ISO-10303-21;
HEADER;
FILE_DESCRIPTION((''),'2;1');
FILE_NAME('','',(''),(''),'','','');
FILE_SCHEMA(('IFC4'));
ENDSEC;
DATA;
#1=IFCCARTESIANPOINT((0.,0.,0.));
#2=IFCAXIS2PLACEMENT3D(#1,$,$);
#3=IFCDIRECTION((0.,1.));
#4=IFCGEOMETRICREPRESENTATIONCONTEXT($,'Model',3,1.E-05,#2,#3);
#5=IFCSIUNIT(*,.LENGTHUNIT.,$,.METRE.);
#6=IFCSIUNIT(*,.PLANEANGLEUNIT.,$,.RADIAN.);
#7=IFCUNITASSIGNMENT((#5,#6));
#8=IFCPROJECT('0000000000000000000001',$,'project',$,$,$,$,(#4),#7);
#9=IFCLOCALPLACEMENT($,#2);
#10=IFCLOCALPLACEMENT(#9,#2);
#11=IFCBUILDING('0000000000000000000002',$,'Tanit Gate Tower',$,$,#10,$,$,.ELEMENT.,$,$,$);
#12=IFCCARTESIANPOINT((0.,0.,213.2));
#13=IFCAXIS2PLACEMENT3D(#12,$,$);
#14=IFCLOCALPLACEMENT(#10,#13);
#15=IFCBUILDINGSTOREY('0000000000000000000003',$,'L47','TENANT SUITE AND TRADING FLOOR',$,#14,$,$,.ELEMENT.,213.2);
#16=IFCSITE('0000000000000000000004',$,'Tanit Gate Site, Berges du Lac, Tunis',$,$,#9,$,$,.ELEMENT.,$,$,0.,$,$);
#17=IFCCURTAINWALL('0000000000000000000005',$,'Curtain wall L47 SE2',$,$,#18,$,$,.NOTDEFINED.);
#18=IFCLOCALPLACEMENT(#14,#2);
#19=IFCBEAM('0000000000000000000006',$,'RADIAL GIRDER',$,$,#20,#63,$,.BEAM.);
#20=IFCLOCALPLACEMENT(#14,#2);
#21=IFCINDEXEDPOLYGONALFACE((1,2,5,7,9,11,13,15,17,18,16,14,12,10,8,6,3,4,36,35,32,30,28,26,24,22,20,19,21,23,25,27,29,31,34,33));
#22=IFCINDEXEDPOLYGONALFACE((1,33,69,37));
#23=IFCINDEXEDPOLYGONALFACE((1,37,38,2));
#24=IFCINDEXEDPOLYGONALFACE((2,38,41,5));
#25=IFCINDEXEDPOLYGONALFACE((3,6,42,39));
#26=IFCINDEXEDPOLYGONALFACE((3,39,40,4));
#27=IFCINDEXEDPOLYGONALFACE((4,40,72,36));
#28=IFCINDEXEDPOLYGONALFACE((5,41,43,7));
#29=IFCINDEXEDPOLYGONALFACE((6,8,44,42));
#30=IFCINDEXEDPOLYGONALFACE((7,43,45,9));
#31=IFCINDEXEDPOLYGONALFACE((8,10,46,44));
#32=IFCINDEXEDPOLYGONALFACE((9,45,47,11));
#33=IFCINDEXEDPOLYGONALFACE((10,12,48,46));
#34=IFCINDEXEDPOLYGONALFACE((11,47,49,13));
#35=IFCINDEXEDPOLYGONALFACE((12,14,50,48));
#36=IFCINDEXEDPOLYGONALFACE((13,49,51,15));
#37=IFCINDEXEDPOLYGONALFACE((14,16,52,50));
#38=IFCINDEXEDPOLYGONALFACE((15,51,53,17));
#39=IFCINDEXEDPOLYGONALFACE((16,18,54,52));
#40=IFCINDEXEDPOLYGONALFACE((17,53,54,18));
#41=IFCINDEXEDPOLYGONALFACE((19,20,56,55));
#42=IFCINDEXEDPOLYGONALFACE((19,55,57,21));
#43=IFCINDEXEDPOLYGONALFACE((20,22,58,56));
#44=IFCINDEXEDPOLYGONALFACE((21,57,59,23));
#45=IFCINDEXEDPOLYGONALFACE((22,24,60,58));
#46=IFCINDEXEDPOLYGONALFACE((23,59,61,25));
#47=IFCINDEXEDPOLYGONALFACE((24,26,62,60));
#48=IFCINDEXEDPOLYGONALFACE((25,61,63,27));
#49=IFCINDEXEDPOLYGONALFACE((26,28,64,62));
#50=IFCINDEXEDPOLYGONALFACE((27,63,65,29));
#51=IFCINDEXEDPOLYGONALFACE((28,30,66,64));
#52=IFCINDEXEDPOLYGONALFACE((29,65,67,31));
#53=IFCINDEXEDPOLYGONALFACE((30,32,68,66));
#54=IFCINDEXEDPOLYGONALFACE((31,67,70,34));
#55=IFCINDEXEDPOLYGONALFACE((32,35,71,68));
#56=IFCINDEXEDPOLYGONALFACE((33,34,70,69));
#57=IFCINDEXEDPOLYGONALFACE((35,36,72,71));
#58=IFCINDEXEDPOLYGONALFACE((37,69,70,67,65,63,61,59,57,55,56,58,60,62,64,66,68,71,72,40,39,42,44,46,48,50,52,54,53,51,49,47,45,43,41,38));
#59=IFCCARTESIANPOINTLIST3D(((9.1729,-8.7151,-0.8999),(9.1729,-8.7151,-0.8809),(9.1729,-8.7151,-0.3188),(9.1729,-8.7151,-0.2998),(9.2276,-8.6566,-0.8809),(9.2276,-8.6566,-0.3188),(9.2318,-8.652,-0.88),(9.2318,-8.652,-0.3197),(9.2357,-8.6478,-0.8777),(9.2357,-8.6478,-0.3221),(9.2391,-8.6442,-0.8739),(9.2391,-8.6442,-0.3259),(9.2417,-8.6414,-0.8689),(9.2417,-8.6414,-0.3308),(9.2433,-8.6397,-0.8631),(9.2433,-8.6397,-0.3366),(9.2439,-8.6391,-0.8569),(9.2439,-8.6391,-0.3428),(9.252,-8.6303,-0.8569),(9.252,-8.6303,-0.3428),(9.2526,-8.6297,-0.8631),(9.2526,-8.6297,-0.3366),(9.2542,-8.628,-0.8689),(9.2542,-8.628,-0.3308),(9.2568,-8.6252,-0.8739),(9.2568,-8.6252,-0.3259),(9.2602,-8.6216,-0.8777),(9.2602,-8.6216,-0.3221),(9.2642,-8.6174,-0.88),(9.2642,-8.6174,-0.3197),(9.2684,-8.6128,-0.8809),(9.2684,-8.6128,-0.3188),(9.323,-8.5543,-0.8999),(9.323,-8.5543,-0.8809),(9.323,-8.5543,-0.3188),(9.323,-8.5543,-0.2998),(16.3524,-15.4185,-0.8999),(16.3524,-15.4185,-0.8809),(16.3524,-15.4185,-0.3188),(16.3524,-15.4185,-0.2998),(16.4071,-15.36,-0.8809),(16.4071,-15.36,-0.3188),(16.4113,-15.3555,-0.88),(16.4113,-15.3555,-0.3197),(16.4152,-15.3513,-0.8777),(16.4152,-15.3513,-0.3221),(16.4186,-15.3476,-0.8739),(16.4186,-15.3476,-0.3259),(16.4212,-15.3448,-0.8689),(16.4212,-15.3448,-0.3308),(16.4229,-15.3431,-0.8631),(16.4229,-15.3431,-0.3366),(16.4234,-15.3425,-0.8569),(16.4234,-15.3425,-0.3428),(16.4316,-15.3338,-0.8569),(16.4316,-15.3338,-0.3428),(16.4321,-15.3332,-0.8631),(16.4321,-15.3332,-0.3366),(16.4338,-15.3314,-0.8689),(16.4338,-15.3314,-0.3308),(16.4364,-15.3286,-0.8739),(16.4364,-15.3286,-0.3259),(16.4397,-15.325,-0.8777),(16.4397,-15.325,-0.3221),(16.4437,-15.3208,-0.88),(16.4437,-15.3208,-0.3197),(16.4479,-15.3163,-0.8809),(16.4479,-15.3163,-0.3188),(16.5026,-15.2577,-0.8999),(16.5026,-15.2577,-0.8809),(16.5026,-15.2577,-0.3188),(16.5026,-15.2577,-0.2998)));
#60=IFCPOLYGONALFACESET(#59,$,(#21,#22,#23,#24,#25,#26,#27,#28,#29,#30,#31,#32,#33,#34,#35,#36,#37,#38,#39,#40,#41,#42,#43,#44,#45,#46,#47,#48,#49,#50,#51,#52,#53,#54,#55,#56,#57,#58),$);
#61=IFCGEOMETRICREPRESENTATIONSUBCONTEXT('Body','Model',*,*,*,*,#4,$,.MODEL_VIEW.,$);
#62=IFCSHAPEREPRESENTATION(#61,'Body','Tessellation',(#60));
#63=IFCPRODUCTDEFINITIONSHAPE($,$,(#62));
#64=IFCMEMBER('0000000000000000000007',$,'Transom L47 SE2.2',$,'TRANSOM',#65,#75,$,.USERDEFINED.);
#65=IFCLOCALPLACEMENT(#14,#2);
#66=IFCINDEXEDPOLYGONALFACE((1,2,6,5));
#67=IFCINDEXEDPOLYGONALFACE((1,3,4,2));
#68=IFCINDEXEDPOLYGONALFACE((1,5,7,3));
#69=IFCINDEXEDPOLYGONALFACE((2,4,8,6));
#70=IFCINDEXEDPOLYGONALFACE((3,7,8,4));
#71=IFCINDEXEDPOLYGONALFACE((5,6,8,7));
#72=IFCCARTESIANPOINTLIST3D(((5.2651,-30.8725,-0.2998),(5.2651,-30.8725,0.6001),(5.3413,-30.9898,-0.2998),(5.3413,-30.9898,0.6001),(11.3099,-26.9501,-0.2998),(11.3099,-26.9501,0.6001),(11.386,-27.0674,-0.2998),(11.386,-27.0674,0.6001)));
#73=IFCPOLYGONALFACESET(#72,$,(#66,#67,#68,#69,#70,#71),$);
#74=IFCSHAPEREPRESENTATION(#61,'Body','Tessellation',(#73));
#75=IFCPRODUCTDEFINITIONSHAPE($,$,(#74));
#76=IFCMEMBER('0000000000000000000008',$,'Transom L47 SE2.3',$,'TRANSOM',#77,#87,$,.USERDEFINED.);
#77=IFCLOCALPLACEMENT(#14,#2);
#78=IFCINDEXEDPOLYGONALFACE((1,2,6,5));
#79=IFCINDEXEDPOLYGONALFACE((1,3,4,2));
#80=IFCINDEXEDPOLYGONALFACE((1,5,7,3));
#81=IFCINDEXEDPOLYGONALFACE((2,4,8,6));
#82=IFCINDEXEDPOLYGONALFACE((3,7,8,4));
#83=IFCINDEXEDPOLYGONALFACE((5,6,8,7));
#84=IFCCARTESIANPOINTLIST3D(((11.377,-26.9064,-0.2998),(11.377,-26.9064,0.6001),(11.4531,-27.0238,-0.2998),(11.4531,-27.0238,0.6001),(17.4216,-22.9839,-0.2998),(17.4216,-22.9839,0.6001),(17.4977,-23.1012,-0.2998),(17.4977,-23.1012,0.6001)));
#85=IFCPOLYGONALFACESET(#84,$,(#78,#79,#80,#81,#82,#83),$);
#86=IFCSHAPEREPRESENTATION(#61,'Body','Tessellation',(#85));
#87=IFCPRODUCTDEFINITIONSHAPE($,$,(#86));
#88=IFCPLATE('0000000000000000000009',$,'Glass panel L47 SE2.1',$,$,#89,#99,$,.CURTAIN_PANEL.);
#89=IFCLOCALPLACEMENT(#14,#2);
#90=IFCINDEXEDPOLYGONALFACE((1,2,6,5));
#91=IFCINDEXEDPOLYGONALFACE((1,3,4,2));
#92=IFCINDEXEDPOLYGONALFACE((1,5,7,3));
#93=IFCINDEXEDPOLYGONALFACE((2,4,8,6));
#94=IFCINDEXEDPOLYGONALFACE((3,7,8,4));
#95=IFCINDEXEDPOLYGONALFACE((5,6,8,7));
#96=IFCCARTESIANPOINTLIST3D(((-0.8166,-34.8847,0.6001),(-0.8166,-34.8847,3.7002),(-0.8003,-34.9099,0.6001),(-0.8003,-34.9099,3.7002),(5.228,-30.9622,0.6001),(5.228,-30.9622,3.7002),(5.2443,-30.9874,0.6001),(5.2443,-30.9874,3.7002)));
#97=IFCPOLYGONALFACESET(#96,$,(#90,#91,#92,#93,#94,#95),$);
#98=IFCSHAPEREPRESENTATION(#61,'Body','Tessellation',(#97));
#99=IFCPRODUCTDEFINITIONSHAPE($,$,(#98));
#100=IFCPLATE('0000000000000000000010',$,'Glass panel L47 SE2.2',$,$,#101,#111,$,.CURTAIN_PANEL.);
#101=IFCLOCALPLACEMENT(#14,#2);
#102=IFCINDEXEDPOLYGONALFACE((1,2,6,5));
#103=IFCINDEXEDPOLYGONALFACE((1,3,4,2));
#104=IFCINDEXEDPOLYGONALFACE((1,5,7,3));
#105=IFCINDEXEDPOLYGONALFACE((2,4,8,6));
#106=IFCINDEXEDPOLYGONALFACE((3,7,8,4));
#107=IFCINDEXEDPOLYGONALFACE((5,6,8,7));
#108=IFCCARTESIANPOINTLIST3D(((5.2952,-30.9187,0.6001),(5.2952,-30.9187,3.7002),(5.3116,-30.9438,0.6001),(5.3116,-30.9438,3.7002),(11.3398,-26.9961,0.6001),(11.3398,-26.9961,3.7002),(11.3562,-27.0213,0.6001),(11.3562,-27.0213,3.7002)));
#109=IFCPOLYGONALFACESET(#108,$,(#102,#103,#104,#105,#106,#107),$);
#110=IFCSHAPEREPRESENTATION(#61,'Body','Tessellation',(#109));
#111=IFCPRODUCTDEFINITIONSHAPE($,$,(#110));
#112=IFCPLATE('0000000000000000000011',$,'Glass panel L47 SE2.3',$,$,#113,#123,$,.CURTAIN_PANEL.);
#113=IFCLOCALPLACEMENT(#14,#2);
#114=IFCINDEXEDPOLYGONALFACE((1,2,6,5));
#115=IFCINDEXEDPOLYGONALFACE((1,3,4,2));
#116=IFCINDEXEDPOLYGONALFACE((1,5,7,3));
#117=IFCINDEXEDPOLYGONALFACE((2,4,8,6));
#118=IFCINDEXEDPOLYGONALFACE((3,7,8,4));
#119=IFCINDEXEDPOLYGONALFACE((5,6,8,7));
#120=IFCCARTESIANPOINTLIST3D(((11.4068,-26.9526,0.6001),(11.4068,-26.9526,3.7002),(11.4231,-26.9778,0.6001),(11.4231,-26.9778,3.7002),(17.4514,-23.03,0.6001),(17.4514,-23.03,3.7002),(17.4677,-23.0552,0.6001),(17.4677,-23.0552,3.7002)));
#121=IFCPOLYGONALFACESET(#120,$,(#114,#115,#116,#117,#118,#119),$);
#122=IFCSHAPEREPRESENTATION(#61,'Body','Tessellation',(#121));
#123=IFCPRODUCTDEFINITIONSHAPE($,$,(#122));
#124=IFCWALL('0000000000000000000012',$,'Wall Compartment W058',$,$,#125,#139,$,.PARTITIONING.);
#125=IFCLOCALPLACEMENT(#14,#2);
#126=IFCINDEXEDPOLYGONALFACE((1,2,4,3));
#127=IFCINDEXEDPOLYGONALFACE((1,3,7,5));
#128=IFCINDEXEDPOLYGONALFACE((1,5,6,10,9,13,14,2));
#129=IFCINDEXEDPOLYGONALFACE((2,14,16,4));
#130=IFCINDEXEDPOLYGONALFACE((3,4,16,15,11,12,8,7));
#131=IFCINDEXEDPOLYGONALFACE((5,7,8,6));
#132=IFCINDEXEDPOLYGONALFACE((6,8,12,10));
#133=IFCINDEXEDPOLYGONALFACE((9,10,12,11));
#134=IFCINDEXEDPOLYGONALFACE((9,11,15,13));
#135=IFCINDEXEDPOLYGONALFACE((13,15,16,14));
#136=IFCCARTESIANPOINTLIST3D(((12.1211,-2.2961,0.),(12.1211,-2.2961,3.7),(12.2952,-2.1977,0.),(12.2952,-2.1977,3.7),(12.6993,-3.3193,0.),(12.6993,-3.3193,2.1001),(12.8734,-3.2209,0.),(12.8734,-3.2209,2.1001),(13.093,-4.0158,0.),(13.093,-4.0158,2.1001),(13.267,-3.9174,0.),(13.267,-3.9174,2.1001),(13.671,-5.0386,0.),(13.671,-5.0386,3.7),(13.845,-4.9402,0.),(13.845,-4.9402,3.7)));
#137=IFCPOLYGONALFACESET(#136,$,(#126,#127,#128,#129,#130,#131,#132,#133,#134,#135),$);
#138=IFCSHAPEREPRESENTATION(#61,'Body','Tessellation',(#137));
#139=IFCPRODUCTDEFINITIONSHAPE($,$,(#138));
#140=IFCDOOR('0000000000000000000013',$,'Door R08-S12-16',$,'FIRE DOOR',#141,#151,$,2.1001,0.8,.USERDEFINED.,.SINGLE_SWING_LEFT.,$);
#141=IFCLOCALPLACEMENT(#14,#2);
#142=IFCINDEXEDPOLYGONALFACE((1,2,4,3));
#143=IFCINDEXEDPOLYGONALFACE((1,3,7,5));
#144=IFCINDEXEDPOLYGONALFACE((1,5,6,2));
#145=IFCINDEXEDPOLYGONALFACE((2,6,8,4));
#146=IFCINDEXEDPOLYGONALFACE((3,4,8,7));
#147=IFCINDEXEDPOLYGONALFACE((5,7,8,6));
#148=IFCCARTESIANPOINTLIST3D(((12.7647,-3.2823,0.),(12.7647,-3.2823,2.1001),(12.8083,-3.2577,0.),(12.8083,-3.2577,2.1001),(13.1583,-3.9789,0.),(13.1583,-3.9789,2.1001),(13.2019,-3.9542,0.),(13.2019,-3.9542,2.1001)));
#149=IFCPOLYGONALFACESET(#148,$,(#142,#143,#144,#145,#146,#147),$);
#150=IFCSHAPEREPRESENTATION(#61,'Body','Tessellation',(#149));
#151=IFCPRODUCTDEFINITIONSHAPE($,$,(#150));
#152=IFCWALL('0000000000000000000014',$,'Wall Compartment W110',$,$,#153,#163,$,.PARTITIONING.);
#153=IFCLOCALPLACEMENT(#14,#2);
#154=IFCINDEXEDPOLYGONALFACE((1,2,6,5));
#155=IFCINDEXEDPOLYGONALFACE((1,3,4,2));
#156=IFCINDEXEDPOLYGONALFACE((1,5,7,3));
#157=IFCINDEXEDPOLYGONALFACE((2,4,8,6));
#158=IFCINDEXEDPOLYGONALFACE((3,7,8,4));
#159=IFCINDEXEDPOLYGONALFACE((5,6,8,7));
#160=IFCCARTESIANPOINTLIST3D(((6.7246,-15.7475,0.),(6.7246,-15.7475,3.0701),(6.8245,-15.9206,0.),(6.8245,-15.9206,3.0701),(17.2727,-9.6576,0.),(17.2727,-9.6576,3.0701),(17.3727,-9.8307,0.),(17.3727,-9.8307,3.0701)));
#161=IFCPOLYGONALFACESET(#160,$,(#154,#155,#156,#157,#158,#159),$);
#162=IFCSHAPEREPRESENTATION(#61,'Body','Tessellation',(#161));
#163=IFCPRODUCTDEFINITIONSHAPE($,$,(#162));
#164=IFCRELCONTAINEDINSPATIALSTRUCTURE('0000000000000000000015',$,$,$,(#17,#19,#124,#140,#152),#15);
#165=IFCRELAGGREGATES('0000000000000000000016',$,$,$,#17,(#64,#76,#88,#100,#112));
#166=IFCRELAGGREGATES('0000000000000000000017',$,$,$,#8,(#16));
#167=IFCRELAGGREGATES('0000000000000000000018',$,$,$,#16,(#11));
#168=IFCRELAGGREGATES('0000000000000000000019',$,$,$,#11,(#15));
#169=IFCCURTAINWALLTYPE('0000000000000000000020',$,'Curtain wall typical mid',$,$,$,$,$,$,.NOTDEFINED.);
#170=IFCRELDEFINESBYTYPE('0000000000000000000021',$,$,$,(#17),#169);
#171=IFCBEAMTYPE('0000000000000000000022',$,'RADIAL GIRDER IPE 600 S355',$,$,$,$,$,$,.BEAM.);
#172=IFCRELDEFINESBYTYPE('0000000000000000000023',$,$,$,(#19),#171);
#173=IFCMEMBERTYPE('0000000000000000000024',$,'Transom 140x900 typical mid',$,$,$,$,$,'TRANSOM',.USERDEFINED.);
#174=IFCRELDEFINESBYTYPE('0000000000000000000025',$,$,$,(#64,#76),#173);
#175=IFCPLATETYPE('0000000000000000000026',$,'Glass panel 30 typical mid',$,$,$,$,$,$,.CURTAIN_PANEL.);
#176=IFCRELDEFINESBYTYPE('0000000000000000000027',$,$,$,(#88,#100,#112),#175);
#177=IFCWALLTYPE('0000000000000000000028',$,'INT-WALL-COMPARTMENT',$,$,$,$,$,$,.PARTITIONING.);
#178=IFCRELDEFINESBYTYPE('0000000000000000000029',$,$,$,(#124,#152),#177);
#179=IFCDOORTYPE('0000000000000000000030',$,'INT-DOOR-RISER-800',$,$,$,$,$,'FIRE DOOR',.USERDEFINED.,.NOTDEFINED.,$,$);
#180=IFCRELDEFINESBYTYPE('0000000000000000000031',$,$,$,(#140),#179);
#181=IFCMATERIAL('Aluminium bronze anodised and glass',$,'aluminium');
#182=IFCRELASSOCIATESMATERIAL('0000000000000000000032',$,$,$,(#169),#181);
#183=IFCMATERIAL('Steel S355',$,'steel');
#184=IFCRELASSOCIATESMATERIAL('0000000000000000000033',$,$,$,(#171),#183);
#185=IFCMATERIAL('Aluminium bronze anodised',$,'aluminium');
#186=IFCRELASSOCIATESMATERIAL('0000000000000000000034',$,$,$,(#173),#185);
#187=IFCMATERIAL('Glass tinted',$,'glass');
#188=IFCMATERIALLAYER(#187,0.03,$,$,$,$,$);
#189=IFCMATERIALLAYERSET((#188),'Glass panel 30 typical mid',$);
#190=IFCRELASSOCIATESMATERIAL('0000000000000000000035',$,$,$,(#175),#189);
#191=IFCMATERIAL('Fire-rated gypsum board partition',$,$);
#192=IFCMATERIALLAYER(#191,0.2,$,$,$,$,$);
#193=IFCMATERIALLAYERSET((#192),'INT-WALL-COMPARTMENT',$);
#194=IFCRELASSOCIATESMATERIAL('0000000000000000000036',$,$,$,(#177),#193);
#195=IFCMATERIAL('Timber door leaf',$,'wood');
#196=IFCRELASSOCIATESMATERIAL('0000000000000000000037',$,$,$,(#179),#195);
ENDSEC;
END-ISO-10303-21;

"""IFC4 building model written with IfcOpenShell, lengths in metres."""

from ifc_helpers import new_model, si_unit, direction, frame, frame_2d, origin, origin_2d, place, context, subcontext, project, spatial, rectangle, i_section, extrude, material, layer, layer_set, material_profile, profile_set, type_object, element, fill, aggregate, save


model = new_model("IFC4")

# Units and contexts
model_context = context("Model", 3, precision=1e-05, world=origin(), true_north=direction((0.0, 1.0)))
body_context = subcontext(model_context, "Body", "Model", "MODEL_VIEW")
ifc_project = project(units=[si_unit("LENGTHUNIT", "METRE"), si_unit("PLANEANGLEUNIT", "RADIAN")], contexts=[model_context])

# Site, building, storey
site_placement = place(None, origin())
site = spatial("IfcSite", under=ifc_project, at=site_placement, Name="Tanit Gate Site, Berges du Lac, Tunis", CompositionType="ELEMENT", RefElevation=0.0)
building_placement = place(site_placement, origin())
building = spatial("IfcBuilding", under=site, at=building_placement, Name="Tanit Gate Tower", CompositionType="ELEMENT")
storey_placement = place(building_placement, frame((0.0, 0.0, 213.2)))
storey = spatial("IfcBuildingStorey", under=building, at=storey_placement, Name="L47", Description="TENANT SUITE AND TRADING FLOOR", CompositionType="ELEMENT", Elevation=213.2)

# Curtain wall
ifc_material_1 = material(Name="Aluminium bronze anodised and glass", Category="aluminium")
curtain_wall_type = type_object("IfcCurtainWallType", Name="Curtain wall typical mid", PredefinedType="NOTDEFINED", material=ifc_material_1)
curtain_wall_placement = place(storey_placement, origin())
curtain_wall = element("IfcCurtainWall", 1, at=curtain_wall_placement, inside=storey, type_object=curtain_wall_type, Name="Curtain wall L47 SE2", PredefinedType="NOTDEFINED")

# Beam
ifc_material_2 = material(Name="Steel S355", Category="steel")
ifc_material_profile_1 = material_profile(ifc_material_2, i_section(OverallWidth=0.22, OverallDepth=0.6001, WebThickness=0.012, FlangeThickness=0.019, FilletRadius=0.0239, at=origin_2d()), Name="IPE 600")
ifc_profile_set_1 = profile_set([ifc_material_profile_1], Name="Steel S355")
beam_type = type_object("IfcBeamType", Name="RADIAL GIRDER IPE 600 S355", PredefinedType="BEAM", material=ifc_profile_set_1)
beam_1_placement = place(storey_placement, frame((16.4275, -15.3381, -0.5999), z_axis=(-0.730925, 0.682457, 0.0), x_axis=(-0.682457, -0.730925, 0.0)))
element("IfcBeam", 2, at=beam_1_placement, inside=storey, type_object=beam_type, Name="RADIAL GIRDER", PredefinedType="BEAM", context=body_context, shape_type="SweptSolid", body=[
    extrude(i_section(OverallWidth=0.22, OverallDepth=0.6001, WebThickness=0.012, FlangeThickness=0.019, FilletRadius=0.0239, at=origin_2d()), origin(), (0.0, 0.0, 1.0), 9.8225),
])

# Members
ifc_material_3 = material(Name="Aluminium bronze anodised", Category="aluminium")
ifc_material_profile_2 = material_profile(ifc_material_3, rectangle(XDim=0.1399, YDim=0.8999, at=origin_2d()), Name="140x900 bronze transom")
ifc_profile_set_2 = profile_set([ifc_material_profile_2], Name="Aluminium bronze anodised")
member_type_1 = type_object("IfcMemberType", Name="Transom 140x900 typical mid", ElementType="TRANSOM", PredefinedType="USERDEFINED", material=ifc_profile_set_2)
member_1_placement = place(storey_placement, frame((5.3032, -30.9312, 0.1501), z_axis=(0.838867, 0.544337, 0.0), x_axis=(-0.544337, 0.838867, 0.0)))
member_1 = element("IfcMember", 3, at=member_1_placement, type_object=member_type_1, Name="Transom L47 SE2.2", ObjectType="TRANSOM", PredefinedType="USERDEFINED", context=body_context, shape_type="SweptSolid", body=[
    extrude(rectangle(XDim=0.1399, YDim=0.8999, at=origin_2d()), origin(), (0.0, 0.0, 1.0), 7.2058),
])
member_2_placement = place(storey_placement, frame((11.415, -26.9651, 0.1501), z_axis=(0.838851, 0.544361, 0.0), x_axis=(-0.544361, 0.838851, 0.0)))
member_2 = element("IfcMember", 4, at=member_2_placement, type_object=member_type_1, Name="Transom L47 SE2.3", ObjectType="TRANSOM", PredefinedType="USERDEFINED", context=body_context, shape_type="SweptSolid", body=[
    extrude(rectangle(XDim=0.1399, YDim=0.8999, at=origin_2d()), origin(), (0.0, 0.0, 1.0), 7.2058),
])

# Plates
ifc_material_4 = material(Name="Glass tinted", Category="glass")
ifc_layer_1 = layer(ifc_material_4, 0.03)
ifc_layer_set_1 = layer_set([ifc_layer_1], Name="Glass panel 30 typical mid")
plate_type = type_object("IfcPlateType", Name="Glass panel 30 typical mid", PredefinedType="CURTAIN_PANEL", material=ifc_layer_set_1)
plate_1_placement = place(storey_placement, frame((2.2139, -32.936, 0.6001), z_axis=(0.0, 0.0, 1.0), x_axis=(0.838852, 0.544359, 0.0)))
plate_1 = element("IfcPlate", 5, at=plate_1_placement, type_object=plate_type, Name="Glass panel L47 SE2.1", PredefinedType="CURTAIN_PANEL", context=body_context, shape_type="SweptSolid", body=[
    extrude(rectangle(XDim=7.2058, YDim=0.03, at=origin_2d()), origin(), (0.0, 0.0, 1.0), 3.1001),
])
plate_2_placement = place(storey_placement, frame((8.3257, -28.97, 0.6001), z_axis=(0.0, 0.0, 1.0), x_axis=(0.838852, 0.544359, 0.0)))
plate_2 = element("IfcPlate", 6, at=plate_2_placement, type_object=plate_type, Name="Glass panel L47 SE2.2", PredefinedType="CURTAIN_PANEL", context=body_context, shape_type="SweptSolid", body=[
    extrude(rectangle(XDim=7.2058, YDim=0.03, at=origin_2d()), origin(), (0.0, 0.0, 1.0), 3.1001),
])
plate_3_placement = place(storey_placement, frame((14.4373, -25.0039, 0.6001), z_axis=(0.0, 0.0, 1.0), x_axis=(0.838852, 0.544359, 0.0)))
plate_3 = element("IfcPlate", 7, at=plate_3_placement, type_object=plate_type, Name="Glass panel L47 SE2.3", PredefinedType="CURTAIN_PANEL", context=body_context, shape_type="SweptSolid", body=[
    extrude(rectangle(XDim=7.2058, YDim=0.03, at=origin_2d()), origin(), (0.0, 0.0, 1.0), 3.1001),
])
aggregate(curtain_wall, [member_1, member_2, plate_1, plate_2, plate_3])

# Wall, opening, door
ifc_material_5 = material(Name="Fire-rated gypsum board partition")
ifc_layer_2 = layer(ifc_material_5, 0.2)
ifc_layer_set_2 = layer_set([ifc_layer_2], Name="INT-WALL-COMPARTMENT")
wall_type_1 = type_object("IfcWallType", Name="INT-WALL-COMPARTMENT", PredefinedType="PARTITIONING", material=ifc_layer_set_2)
wall_1_placement = place(storey_placement, frame((13.7581, -4.9895, 0.0), z_axis=(0.0, 0.0, 1.0), x_axis=(-0.491993, 0.870599, 0.0)))
wall_1 = element("IfcWall", 8, at=wall_1_placement, inside=storey, type_object=wall_type_1, Name="Wall Compartment W058", PredefinedType="PARTITIONING", context=body_context, shape_type="SweptSolid", body=[
    extrude(rectangle(XDim=3.1501, YDim=0.2, at=frame_2d((1.5752, 0.0))), origin(), (0.0, 0.0, 1.0), 3.7),
])
opening_1_placement = place(wall_1_placement, frame((1.175, 0.0, 0.0)))
opening_1 = element("IfcOpeningElement", 9, at=opening_1_placement, cuts=wall_1, PredefinedType="OPENING", context=body_context, shape_type="SweptSolid", body=[
    extrude(rectangle(XDim=0.8, YDim=2.1001, at=frame_2d((0.3999, 1.05))), frame((0.0, 0.1099, 0.0), z_axis=(0.0, -1.0, 0.0), x_axis=(1.0, 0.0, 0.0)), (0.0, 0.0, 1.0), 0.22),
])
ifc_material_6 = material(Name="Timber door leaf", Category="wood")
door_type_1 = type_object("IfcDoorType", Name="INT-DOOR-RISER-800", ElementType="FIRE DOOR", OperationType="NOTDEFINED", PredefinedType="USERDEFINED", material=ifc_material_6)
door_1_placement = place(opening_1_placement, origin())
door_1 = element("IfcDoor", 10, at=door_1_placement, inside=storey, type_object=door_type_1, Name="Door R08-S12-16", ObjectType="FIRE DOOR", OperationType="SINGLE_SWING_LEFT", OverallHeight=2.1001, OverallWidth=0.8, PredefinedType="USERDEFINED", context=body_context, shape_type="SweptSolid", body=[
    extrude(rectangle(XDim=0.8, YDim=2.1001, at=frame_2d((0.3999, 1.05))), frame((0.0, 0.0249, 0.0), z_axis=(0.0, -1.0, 0.0), x_axis=(1.0, 0.0, 0.0)), (0.0, 0.0, 1.0), 0.05),
])
fill(opening_1, door_1)

# Wall
wall_2_placement = place(storey_placement, frame((6.7747, -15.834, 0.0), z_axis=(0.0, 0.0, 1.0), x_axis=(0.866029, 0.499994, 0.0)))
element("IfcWall", 11, at=wall_2_placement, inside=storey, type_object=wall_type_1, Name="Wall Compartment W110", PredefinedType="PARTITIONING", context=body_context, shape_type="SweptSolid", body=[
    extrude(rectangle(XDim=12.1799, YDim=0.2, at=frame_2d((6.0898, 0.0))), origin(), (0.0, 0.0, 1.0), 3.0701),
])

save(model, "model.ifc")
